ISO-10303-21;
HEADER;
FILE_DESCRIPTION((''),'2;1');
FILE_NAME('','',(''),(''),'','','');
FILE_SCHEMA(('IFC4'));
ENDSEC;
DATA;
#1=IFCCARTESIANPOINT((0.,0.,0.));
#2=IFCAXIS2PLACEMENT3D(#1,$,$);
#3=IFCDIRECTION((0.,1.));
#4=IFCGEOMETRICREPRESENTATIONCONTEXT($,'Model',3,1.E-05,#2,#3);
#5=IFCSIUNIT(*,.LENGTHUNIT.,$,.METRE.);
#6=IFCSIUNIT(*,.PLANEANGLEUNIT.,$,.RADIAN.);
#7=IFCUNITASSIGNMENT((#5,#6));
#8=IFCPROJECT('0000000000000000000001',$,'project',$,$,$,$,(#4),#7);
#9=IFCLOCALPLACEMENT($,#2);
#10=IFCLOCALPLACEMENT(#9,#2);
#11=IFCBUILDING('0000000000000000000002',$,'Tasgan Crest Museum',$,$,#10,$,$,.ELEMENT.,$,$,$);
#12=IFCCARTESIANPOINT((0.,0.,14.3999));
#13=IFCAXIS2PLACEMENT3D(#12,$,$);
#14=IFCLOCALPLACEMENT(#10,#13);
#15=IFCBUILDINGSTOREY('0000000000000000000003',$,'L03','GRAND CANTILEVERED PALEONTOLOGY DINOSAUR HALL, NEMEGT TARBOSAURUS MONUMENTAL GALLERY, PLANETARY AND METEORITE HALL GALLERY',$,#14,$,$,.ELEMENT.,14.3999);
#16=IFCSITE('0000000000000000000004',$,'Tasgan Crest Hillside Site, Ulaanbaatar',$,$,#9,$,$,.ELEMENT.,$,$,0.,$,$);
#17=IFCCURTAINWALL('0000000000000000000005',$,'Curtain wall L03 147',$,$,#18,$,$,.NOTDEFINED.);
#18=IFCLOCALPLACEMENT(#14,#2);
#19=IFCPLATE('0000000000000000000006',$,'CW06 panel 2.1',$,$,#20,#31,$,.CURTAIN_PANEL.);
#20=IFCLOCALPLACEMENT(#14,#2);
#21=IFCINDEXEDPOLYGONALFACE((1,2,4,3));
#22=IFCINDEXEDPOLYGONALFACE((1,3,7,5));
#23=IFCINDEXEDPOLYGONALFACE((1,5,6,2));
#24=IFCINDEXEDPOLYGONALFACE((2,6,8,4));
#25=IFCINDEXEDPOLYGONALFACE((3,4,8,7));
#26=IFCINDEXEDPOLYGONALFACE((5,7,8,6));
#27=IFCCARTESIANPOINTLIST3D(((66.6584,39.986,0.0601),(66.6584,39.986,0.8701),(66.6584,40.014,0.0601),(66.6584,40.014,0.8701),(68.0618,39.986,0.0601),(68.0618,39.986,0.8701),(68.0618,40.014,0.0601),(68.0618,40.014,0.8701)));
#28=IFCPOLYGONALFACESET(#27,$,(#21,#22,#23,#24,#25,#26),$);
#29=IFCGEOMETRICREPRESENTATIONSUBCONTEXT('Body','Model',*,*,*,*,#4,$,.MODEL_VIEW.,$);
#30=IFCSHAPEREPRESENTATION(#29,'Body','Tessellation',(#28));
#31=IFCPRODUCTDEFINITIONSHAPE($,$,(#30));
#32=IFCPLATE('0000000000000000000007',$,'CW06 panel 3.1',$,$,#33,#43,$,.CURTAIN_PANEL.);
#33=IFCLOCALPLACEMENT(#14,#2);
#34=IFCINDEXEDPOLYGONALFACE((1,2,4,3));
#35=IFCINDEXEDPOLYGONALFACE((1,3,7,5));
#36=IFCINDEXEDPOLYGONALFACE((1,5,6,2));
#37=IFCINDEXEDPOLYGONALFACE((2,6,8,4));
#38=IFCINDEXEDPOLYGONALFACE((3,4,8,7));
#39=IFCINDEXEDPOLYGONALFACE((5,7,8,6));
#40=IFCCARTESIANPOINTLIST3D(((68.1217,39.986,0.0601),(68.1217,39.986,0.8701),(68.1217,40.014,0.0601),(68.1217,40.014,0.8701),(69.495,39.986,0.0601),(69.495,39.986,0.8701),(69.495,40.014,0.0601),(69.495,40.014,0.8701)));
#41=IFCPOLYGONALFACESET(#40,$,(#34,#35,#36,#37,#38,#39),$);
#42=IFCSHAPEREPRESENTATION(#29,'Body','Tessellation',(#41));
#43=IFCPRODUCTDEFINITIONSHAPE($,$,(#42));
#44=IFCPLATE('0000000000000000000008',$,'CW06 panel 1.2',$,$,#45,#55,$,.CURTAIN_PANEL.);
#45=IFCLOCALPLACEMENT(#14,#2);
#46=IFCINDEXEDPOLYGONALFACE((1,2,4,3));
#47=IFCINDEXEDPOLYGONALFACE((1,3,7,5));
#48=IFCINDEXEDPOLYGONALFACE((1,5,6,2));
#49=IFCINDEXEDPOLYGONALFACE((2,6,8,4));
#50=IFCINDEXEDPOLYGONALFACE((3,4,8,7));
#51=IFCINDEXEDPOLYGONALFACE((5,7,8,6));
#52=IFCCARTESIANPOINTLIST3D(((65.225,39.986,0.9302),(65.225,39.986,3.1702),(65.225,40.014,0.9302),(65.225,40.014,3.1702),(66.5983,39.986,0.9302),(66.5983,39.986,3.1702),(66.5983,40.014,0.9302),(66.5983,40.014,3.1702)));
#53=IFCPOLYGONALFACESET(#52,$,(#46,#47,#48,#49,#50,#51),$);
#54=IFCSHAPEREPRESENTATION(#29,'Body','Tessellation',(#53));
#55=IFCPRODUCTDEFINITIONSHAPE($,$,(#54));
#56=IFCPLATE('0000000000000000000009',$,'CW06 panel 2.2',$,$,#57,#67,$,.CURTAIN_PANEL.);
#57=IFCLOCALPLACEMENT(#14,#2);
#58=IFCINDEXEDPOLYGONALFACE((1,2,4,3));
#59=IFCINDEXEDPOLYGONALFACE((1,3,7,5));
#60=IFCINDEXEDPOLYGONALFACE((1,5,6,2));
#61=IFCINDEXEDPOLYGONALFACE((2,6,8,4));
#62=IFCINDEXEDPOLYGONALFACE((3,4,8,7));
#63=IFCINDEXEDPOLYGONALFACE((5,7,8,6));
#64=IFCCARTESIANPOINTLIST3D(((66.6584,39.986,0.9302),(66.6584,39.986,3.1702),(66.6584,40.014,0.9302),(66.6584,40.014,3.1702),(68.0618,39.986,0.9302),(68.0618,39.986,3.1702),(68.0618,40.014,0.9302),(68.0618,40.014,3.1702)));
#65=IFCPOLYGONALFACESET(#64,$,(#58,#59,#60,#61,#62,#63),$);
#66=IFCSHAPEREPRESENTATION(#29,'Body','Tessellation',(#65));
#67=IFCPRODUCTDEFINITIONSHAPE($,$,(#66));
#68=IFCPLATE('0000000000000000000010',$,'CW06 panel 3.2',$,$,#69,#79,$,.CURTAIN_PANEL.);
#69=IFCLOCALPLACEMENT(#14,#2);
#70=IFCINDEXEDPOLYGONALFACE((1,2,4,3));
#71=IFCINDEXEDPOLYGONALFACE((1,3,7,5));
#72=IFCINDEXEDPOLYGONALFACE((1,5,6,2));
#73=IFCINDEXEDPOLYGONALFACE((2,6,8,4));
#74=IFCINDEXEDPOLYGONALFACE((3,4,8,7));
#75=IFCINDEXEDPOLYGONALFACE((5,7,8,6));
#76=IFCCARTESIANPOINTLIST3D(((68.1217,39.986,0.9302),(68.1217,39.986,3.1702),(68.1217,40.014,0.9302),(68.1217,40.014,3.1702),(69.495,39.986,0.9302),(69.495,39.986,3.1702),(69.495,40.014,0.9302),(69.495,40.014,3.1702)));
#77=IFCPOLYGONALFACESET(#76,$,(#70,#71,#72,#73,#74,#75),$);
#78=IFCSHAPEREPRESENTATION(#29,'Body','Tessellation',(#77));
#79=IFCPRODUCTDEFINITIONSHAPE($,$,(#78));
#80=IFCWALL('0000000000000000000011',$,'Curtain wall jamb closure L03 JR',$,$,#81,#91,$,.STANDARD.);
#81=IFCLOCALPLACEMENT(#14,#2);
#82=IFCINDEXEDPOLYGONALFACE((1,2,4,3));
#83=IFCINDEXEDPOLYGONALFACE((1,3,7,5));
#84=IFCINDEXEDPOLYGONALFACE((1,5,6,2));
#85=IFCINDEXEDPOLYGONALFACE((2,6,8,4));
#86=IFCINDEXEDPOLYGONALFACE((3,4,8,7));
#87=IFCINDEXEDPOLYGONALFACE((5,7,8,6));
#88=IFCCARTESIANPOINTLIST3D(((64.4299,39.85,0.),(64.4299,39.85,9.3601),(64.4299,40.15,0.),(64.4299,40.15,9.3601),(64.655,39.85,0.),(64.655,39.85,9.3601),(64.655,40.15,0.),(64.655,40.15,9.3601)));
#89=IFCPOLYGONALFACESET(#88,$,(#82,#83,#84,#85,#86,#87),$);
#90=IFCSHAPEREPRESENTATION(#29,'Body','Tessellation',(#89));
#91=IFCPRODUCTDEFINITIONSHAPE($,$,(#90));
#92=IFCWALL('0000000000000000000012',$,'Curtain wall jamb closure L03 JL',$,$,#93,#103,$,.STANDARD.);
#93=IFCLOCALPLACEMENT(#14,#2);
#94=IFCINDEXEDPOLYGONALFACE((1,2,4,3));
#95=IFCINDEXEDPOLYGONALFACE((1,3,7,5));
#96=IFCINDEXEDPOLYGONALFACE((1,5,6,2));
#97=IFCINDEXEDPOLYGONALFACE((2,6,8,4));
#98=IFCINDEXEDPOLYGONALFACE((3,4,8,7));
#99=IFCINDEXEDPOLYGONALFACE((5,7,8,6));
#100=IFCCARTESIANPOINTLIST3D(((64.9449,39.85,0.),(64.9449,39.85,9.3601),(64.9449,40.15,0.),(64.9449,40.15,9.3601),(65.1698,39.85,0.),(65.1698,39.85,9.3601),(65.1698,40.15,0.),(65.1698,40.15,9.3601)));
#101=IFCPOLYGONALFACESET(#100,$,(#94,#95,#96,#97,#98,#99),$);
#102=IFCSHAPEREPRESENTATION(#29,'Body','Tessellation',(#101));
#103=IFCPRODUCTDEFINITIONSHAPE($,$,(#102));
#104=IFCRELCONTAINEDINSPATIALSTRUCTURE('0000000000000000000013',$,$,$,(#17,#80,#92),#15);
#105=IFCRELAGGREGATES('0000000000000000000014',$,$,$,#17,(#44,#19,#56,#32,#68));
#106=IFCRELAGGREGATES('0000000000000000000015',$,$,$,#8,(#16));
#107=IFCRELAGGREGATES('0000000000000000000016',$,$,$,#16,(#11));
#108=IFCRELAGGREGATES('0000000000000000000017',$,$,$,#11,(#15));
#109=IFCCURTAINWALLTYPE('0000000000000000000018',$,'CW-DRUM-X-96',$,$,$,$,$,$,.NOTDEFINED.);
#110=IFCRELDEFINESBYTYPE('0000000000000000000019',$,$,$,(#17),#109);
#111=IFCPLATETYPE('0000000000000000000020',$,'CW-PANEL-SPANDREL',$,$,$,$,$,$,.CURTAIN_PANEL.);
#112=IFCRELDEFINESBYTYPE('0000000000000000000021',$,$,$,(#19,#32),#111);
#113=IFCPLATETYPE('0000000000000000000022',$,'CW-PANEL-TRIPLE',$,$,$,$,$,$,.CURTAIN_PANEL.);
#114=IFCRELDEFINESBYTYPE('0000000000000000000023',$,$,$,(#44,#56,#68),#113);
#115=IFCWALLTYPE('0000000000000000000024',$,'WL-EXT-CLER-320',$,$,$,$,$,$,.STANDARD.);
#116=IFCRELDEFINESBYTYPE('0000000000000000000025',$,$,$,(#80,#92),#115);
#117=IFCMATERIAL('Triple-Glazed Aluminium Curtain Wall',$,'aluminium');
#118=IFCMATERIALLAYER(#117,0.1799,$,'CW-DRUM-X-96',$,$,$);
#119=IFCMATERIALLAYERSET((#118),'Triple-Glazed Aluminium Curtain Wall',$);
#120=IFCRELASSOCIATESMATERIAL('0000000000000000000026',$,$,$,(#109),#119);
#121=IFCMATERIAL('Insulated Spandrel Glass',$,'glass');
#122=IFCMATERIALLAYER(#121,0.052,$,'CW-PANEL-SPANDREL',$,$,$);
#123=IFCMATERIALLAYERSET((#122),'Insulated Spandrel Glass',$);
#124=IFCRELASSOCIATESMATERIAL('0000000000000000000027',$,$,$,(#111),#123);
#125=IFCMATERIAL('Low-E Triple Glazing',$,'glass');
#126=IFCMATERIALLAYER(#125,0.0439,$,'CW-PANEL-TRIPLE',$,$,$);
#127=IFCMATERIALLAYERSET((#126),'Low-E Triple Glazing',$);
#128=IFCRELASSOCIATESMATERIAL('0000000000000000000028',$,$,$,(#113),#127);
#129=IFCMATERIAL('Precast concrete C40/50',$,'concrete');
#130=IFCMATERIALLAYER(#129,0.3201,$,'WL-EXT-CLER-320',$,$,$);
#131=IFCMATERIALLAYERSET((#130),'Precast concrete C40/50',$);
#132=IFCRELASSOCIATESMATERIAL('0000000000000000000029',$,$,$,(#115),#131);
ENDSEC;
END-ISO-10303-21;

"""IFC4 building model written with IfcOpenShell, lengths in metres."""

from ifc_helpers import new_model, si_unit, direction, frame, frame_2d, origin, origin_2d, place, context, subcontext, project, spatial, rectangle, extrude, material, layer, layer_set, type_object, element, aggregate, save


model = new_model("IFC4")

# Units and contexts
model_context = context("Model", 3, precision=1e-05, world=origin(), true_north=direction((0.0, 1.0)))
body_context = subcontext(model_context, "Body", "Model", "MODEL_VIEW")
ifc_project = project(units=[si_unit("LENGTHUNIT", "METRE"), si_unit("PLANEANGLEUNIT", "RADIAN")], contexts=[model_context])

# Site, building, storey
site_placement = place(None, origin())
site = spatial("IfcSite", under=ifc_project, at=site_placement, Name="Tasgan Crest Hillside Site, Ulaanbaatar", CompositionType="ELEMENT", RefElevation=0.0)
building_placement = place(site_placement, origin())
building = spatial("IfcBuilding", under=site, at=building_placement, Name="Tasgan Crest Museum", CompositionType="ELEMENT")
storey_placement = place(building_placement, frame((0.0, 0.0, 14.3999)))
storey = spatial("IfcBuildingStorey", under=building, at=storey_placement, Name="L03", Description="GRAND CANTILEVERED PALEONTOLOGY DINOSAUR HALL, NEMEGT TARBOSAURUS MONUMENTAL GALLERY, PLANETARY AND METEORITE HALL GALLERY", CompositionType="ELEMENT", Elevation=14.3999)

# Shared definitions
ifc_material_1 = material(Name="Triple-Glazed Aluminium Curtain Wall", Category="aluminium")
ifc_layer_1 = layer(ifc_material_1, 0.1799, Name="CW-DRUM-X-96")
ifc_layer_set_1 = layer_set([ifc_layer_1], Name="Triple-Glazed Aluminium Curtain Wall")
curtain_wall_type = type_object("IfcCurtainWallType", Name="CW-DRUM-X-96", PredefinedType="NOTDEFINED", material=ifc_layer_set_1)

# Curtain wall, plates
curtain_wall_1_placement = place(storey_placement, origin())
curtain_wall_1 = element("IfcCurtainWall", 1, at=curtain_wall_1_placement, inside=storey, type_object=curtain_wall_type, Name="Curtain wall L03 147", PredefinedType="NOTDEFINED")
ifc_material_2 = material(Name="Insulated Spandrel Glass", Category="glass")
ifc_layer_2 = layer(ifc_material_2, 0.052, Name="CW-PANEL-SPANDREL")
ifc_layer_set_2 = layer_set([ifc_layer_2], Name="Insulated Spandrel Glass")
plate_type_1 = type_object("IfcPlateType", Name="CW-PANEL-SPANDREL", PredefinedType="CURTAIN_PANEL", material=ifc_layer_set_2)
plate_1_placement = place(storey_placement, frame((67.3601, 40.0, 0.0601), z_axis=(0.0, 0.0, 1.0), x_axis=(1.0, 0.0, 0.0)))
plate_1 = element("IfcPlate", 2, at=plate_1_placement, type_object=plate_type_1, Name="CW06 panel 2.1", PredefinedType="CURTAIN_PANEL", context=body_context, shape_type="SweptSolid", body=[
    extrude(rectangle(XDim=1.4033, YDim=0.0281, at=origin_2d()), origin(), (0.0, 0.0, 1.0), 0.8101),
])
plate_2_placement = place(storey_placement, frame((68.8083, 40.0, 0.0601), z_axis=(0.0, 0.0, 1.0), x_axis=(1.0, 0.0, 0.0)))
plate_2 = element("IfcPlate", 3, at=plate_2_placement, type_object=plate_type_1, Name="CW06 panel 3.1", PredefinedType="CURTAIN_PANEL", context=body_context, shape_type="SweptSolid", body=[
    extrude(rectangle(XDim=1.3733, YDim=0.0281, at=origin_2d()), origin(), (0.0, 0.0, 1.0), 0.8101),
])
ifc_material_3 = material(Name="Low-E Triple Glazing", Category="glass")
ifc_layer_3 = layer(ifc_material_3, 0.0439, Name="CW-PANEL-TRIPLE")
ifc_layer_set_3 = layer_set([ifc_layer_3], Name="Low-E Triple Glazing")
plate_type_2 = type_object("IfcPlateType", Name="CW-PANEL-TRIPLE", PredefinedType="CURTAIN_PANEL", material=ifc_layer_set_3)
plate_3_placement = place(storey_placement, frame((65.9116, 40.0, 0.9302), z_axis=(0.0, 0.0, 1.0), x_axis=(1.0, 0.0, 0.0)))
plate_3 = element("IfcPlate", 4, at=plate_3_placement, type_object=plate_type_2, Name="CW06 panel 1.2", PredefinedType="CURTAIN_PANEL", context=body_context, shape_type="SweptSolid", body=[
    extrude(rectangle(XDim=1.3733, YDim=0.0281, at=origin_2d()), origin(), (0.0, 0.0, 1.0), 2.24),
])
plate_4_placement = place(storey_placement, frame((67.3601, 40.0, 0.9302), z_axis=(0.0, 0.0, 1.0), x_axis=(1.0, 0.0, 0.0)))
plate_4 = element("IfcPlate", 5, at=plate_4_placement, type_object=plate_type_2, Name="CW06 panel 2.2", PredefinedType="CURTAIN_PANEL", context=body_context, shape_type="SweptSolid", body=[
    extrude(rectangle(XDim=1.4033, YDim=0.0281, at=origin_2d()), origin(), (0.0, 0.0, 1.0), 2.24),
])
plate_5_placement = place(storey_placement, frame((68.8083, 40.0, 0.9302), z_axis=(0.0, 0.0, 1.0), x_axis=(1.0, 0.0, 0.0)))
plate_5 = element("IfcPlate", 6, at=plate_5_placement, type_object=plate_type_2, Name="CW06 panel 3.2", PredefinedType="CURTAIN_PANEL", context=body_context, shape_type="SweptSolid", body=[
    extrude(rectangle(XDim=1.3733, YDim=0.0281, at=origin_2d()), origin(), (0.0, 0.0, 1.0), 2.24),
])
aggregate(curtain_wall_1, [plate_3, plate_1, plate_4, plate_2, plate_5])

# Walls
ifc_material_4 = material(Name="Precast concrete C40/50", Category="concrete")
ifc_layer_4 = layer(ifc_material_4, 0.3201, Name="WL-EXT-CLER-320")
ifc_layer_set_4 = layer_set([ifc_layer_4], Name="Precast concrete C40/50")
wall_type = type_object("IfcWallType", Name="WL-EXT-CLER-320", PredefinedType="STANDARD", material=ifc_layer_set_4)
wall_1_placement = place(storey_placement, frame((64.4299, 40.0, 0.0), z_axis=(0.0, 0.0, 1.0), x_axis=(1.0, 0.0, 0.0)))
element("IfcWall", 7, at=wall_1_placement, inside=storey, type_object=wall_type, Name="Curtain wall jamb closure L03 JR", PredefinedType="STANDARD", context=body_context, shape_type="SweptSolid", body=[
    extrude(rectangle(XDim=0.2251, YDim=0.3, at=frame_2d((0.1125, 0.0))), origin(), (0.0, 0.0, 1.0), 9.3601),
])
wall_2_placement = place(storey_placement, frame((64.9451, 40.0, 0.0), z_axis=(0.0, 0.0, 1.0), x_axis=(1.0, 0.0, 0.0)))
element("IfcWall", 8, at=wall_2_placement, inside=storey, type_object=wall_type, Name="Curtain wall jamb closure L03 JL", PredefinedType="STANDARD", context=body_context, shape_type="SweptSolid", body=[
    extrude(rectangle(XDim=0.2249, YDim=0.3, at=frame_2d((0.1123, 0.0))), origin(), (0.0, 0.0, 1.0), 9.3601),
])

save(model, "model.ifc")
